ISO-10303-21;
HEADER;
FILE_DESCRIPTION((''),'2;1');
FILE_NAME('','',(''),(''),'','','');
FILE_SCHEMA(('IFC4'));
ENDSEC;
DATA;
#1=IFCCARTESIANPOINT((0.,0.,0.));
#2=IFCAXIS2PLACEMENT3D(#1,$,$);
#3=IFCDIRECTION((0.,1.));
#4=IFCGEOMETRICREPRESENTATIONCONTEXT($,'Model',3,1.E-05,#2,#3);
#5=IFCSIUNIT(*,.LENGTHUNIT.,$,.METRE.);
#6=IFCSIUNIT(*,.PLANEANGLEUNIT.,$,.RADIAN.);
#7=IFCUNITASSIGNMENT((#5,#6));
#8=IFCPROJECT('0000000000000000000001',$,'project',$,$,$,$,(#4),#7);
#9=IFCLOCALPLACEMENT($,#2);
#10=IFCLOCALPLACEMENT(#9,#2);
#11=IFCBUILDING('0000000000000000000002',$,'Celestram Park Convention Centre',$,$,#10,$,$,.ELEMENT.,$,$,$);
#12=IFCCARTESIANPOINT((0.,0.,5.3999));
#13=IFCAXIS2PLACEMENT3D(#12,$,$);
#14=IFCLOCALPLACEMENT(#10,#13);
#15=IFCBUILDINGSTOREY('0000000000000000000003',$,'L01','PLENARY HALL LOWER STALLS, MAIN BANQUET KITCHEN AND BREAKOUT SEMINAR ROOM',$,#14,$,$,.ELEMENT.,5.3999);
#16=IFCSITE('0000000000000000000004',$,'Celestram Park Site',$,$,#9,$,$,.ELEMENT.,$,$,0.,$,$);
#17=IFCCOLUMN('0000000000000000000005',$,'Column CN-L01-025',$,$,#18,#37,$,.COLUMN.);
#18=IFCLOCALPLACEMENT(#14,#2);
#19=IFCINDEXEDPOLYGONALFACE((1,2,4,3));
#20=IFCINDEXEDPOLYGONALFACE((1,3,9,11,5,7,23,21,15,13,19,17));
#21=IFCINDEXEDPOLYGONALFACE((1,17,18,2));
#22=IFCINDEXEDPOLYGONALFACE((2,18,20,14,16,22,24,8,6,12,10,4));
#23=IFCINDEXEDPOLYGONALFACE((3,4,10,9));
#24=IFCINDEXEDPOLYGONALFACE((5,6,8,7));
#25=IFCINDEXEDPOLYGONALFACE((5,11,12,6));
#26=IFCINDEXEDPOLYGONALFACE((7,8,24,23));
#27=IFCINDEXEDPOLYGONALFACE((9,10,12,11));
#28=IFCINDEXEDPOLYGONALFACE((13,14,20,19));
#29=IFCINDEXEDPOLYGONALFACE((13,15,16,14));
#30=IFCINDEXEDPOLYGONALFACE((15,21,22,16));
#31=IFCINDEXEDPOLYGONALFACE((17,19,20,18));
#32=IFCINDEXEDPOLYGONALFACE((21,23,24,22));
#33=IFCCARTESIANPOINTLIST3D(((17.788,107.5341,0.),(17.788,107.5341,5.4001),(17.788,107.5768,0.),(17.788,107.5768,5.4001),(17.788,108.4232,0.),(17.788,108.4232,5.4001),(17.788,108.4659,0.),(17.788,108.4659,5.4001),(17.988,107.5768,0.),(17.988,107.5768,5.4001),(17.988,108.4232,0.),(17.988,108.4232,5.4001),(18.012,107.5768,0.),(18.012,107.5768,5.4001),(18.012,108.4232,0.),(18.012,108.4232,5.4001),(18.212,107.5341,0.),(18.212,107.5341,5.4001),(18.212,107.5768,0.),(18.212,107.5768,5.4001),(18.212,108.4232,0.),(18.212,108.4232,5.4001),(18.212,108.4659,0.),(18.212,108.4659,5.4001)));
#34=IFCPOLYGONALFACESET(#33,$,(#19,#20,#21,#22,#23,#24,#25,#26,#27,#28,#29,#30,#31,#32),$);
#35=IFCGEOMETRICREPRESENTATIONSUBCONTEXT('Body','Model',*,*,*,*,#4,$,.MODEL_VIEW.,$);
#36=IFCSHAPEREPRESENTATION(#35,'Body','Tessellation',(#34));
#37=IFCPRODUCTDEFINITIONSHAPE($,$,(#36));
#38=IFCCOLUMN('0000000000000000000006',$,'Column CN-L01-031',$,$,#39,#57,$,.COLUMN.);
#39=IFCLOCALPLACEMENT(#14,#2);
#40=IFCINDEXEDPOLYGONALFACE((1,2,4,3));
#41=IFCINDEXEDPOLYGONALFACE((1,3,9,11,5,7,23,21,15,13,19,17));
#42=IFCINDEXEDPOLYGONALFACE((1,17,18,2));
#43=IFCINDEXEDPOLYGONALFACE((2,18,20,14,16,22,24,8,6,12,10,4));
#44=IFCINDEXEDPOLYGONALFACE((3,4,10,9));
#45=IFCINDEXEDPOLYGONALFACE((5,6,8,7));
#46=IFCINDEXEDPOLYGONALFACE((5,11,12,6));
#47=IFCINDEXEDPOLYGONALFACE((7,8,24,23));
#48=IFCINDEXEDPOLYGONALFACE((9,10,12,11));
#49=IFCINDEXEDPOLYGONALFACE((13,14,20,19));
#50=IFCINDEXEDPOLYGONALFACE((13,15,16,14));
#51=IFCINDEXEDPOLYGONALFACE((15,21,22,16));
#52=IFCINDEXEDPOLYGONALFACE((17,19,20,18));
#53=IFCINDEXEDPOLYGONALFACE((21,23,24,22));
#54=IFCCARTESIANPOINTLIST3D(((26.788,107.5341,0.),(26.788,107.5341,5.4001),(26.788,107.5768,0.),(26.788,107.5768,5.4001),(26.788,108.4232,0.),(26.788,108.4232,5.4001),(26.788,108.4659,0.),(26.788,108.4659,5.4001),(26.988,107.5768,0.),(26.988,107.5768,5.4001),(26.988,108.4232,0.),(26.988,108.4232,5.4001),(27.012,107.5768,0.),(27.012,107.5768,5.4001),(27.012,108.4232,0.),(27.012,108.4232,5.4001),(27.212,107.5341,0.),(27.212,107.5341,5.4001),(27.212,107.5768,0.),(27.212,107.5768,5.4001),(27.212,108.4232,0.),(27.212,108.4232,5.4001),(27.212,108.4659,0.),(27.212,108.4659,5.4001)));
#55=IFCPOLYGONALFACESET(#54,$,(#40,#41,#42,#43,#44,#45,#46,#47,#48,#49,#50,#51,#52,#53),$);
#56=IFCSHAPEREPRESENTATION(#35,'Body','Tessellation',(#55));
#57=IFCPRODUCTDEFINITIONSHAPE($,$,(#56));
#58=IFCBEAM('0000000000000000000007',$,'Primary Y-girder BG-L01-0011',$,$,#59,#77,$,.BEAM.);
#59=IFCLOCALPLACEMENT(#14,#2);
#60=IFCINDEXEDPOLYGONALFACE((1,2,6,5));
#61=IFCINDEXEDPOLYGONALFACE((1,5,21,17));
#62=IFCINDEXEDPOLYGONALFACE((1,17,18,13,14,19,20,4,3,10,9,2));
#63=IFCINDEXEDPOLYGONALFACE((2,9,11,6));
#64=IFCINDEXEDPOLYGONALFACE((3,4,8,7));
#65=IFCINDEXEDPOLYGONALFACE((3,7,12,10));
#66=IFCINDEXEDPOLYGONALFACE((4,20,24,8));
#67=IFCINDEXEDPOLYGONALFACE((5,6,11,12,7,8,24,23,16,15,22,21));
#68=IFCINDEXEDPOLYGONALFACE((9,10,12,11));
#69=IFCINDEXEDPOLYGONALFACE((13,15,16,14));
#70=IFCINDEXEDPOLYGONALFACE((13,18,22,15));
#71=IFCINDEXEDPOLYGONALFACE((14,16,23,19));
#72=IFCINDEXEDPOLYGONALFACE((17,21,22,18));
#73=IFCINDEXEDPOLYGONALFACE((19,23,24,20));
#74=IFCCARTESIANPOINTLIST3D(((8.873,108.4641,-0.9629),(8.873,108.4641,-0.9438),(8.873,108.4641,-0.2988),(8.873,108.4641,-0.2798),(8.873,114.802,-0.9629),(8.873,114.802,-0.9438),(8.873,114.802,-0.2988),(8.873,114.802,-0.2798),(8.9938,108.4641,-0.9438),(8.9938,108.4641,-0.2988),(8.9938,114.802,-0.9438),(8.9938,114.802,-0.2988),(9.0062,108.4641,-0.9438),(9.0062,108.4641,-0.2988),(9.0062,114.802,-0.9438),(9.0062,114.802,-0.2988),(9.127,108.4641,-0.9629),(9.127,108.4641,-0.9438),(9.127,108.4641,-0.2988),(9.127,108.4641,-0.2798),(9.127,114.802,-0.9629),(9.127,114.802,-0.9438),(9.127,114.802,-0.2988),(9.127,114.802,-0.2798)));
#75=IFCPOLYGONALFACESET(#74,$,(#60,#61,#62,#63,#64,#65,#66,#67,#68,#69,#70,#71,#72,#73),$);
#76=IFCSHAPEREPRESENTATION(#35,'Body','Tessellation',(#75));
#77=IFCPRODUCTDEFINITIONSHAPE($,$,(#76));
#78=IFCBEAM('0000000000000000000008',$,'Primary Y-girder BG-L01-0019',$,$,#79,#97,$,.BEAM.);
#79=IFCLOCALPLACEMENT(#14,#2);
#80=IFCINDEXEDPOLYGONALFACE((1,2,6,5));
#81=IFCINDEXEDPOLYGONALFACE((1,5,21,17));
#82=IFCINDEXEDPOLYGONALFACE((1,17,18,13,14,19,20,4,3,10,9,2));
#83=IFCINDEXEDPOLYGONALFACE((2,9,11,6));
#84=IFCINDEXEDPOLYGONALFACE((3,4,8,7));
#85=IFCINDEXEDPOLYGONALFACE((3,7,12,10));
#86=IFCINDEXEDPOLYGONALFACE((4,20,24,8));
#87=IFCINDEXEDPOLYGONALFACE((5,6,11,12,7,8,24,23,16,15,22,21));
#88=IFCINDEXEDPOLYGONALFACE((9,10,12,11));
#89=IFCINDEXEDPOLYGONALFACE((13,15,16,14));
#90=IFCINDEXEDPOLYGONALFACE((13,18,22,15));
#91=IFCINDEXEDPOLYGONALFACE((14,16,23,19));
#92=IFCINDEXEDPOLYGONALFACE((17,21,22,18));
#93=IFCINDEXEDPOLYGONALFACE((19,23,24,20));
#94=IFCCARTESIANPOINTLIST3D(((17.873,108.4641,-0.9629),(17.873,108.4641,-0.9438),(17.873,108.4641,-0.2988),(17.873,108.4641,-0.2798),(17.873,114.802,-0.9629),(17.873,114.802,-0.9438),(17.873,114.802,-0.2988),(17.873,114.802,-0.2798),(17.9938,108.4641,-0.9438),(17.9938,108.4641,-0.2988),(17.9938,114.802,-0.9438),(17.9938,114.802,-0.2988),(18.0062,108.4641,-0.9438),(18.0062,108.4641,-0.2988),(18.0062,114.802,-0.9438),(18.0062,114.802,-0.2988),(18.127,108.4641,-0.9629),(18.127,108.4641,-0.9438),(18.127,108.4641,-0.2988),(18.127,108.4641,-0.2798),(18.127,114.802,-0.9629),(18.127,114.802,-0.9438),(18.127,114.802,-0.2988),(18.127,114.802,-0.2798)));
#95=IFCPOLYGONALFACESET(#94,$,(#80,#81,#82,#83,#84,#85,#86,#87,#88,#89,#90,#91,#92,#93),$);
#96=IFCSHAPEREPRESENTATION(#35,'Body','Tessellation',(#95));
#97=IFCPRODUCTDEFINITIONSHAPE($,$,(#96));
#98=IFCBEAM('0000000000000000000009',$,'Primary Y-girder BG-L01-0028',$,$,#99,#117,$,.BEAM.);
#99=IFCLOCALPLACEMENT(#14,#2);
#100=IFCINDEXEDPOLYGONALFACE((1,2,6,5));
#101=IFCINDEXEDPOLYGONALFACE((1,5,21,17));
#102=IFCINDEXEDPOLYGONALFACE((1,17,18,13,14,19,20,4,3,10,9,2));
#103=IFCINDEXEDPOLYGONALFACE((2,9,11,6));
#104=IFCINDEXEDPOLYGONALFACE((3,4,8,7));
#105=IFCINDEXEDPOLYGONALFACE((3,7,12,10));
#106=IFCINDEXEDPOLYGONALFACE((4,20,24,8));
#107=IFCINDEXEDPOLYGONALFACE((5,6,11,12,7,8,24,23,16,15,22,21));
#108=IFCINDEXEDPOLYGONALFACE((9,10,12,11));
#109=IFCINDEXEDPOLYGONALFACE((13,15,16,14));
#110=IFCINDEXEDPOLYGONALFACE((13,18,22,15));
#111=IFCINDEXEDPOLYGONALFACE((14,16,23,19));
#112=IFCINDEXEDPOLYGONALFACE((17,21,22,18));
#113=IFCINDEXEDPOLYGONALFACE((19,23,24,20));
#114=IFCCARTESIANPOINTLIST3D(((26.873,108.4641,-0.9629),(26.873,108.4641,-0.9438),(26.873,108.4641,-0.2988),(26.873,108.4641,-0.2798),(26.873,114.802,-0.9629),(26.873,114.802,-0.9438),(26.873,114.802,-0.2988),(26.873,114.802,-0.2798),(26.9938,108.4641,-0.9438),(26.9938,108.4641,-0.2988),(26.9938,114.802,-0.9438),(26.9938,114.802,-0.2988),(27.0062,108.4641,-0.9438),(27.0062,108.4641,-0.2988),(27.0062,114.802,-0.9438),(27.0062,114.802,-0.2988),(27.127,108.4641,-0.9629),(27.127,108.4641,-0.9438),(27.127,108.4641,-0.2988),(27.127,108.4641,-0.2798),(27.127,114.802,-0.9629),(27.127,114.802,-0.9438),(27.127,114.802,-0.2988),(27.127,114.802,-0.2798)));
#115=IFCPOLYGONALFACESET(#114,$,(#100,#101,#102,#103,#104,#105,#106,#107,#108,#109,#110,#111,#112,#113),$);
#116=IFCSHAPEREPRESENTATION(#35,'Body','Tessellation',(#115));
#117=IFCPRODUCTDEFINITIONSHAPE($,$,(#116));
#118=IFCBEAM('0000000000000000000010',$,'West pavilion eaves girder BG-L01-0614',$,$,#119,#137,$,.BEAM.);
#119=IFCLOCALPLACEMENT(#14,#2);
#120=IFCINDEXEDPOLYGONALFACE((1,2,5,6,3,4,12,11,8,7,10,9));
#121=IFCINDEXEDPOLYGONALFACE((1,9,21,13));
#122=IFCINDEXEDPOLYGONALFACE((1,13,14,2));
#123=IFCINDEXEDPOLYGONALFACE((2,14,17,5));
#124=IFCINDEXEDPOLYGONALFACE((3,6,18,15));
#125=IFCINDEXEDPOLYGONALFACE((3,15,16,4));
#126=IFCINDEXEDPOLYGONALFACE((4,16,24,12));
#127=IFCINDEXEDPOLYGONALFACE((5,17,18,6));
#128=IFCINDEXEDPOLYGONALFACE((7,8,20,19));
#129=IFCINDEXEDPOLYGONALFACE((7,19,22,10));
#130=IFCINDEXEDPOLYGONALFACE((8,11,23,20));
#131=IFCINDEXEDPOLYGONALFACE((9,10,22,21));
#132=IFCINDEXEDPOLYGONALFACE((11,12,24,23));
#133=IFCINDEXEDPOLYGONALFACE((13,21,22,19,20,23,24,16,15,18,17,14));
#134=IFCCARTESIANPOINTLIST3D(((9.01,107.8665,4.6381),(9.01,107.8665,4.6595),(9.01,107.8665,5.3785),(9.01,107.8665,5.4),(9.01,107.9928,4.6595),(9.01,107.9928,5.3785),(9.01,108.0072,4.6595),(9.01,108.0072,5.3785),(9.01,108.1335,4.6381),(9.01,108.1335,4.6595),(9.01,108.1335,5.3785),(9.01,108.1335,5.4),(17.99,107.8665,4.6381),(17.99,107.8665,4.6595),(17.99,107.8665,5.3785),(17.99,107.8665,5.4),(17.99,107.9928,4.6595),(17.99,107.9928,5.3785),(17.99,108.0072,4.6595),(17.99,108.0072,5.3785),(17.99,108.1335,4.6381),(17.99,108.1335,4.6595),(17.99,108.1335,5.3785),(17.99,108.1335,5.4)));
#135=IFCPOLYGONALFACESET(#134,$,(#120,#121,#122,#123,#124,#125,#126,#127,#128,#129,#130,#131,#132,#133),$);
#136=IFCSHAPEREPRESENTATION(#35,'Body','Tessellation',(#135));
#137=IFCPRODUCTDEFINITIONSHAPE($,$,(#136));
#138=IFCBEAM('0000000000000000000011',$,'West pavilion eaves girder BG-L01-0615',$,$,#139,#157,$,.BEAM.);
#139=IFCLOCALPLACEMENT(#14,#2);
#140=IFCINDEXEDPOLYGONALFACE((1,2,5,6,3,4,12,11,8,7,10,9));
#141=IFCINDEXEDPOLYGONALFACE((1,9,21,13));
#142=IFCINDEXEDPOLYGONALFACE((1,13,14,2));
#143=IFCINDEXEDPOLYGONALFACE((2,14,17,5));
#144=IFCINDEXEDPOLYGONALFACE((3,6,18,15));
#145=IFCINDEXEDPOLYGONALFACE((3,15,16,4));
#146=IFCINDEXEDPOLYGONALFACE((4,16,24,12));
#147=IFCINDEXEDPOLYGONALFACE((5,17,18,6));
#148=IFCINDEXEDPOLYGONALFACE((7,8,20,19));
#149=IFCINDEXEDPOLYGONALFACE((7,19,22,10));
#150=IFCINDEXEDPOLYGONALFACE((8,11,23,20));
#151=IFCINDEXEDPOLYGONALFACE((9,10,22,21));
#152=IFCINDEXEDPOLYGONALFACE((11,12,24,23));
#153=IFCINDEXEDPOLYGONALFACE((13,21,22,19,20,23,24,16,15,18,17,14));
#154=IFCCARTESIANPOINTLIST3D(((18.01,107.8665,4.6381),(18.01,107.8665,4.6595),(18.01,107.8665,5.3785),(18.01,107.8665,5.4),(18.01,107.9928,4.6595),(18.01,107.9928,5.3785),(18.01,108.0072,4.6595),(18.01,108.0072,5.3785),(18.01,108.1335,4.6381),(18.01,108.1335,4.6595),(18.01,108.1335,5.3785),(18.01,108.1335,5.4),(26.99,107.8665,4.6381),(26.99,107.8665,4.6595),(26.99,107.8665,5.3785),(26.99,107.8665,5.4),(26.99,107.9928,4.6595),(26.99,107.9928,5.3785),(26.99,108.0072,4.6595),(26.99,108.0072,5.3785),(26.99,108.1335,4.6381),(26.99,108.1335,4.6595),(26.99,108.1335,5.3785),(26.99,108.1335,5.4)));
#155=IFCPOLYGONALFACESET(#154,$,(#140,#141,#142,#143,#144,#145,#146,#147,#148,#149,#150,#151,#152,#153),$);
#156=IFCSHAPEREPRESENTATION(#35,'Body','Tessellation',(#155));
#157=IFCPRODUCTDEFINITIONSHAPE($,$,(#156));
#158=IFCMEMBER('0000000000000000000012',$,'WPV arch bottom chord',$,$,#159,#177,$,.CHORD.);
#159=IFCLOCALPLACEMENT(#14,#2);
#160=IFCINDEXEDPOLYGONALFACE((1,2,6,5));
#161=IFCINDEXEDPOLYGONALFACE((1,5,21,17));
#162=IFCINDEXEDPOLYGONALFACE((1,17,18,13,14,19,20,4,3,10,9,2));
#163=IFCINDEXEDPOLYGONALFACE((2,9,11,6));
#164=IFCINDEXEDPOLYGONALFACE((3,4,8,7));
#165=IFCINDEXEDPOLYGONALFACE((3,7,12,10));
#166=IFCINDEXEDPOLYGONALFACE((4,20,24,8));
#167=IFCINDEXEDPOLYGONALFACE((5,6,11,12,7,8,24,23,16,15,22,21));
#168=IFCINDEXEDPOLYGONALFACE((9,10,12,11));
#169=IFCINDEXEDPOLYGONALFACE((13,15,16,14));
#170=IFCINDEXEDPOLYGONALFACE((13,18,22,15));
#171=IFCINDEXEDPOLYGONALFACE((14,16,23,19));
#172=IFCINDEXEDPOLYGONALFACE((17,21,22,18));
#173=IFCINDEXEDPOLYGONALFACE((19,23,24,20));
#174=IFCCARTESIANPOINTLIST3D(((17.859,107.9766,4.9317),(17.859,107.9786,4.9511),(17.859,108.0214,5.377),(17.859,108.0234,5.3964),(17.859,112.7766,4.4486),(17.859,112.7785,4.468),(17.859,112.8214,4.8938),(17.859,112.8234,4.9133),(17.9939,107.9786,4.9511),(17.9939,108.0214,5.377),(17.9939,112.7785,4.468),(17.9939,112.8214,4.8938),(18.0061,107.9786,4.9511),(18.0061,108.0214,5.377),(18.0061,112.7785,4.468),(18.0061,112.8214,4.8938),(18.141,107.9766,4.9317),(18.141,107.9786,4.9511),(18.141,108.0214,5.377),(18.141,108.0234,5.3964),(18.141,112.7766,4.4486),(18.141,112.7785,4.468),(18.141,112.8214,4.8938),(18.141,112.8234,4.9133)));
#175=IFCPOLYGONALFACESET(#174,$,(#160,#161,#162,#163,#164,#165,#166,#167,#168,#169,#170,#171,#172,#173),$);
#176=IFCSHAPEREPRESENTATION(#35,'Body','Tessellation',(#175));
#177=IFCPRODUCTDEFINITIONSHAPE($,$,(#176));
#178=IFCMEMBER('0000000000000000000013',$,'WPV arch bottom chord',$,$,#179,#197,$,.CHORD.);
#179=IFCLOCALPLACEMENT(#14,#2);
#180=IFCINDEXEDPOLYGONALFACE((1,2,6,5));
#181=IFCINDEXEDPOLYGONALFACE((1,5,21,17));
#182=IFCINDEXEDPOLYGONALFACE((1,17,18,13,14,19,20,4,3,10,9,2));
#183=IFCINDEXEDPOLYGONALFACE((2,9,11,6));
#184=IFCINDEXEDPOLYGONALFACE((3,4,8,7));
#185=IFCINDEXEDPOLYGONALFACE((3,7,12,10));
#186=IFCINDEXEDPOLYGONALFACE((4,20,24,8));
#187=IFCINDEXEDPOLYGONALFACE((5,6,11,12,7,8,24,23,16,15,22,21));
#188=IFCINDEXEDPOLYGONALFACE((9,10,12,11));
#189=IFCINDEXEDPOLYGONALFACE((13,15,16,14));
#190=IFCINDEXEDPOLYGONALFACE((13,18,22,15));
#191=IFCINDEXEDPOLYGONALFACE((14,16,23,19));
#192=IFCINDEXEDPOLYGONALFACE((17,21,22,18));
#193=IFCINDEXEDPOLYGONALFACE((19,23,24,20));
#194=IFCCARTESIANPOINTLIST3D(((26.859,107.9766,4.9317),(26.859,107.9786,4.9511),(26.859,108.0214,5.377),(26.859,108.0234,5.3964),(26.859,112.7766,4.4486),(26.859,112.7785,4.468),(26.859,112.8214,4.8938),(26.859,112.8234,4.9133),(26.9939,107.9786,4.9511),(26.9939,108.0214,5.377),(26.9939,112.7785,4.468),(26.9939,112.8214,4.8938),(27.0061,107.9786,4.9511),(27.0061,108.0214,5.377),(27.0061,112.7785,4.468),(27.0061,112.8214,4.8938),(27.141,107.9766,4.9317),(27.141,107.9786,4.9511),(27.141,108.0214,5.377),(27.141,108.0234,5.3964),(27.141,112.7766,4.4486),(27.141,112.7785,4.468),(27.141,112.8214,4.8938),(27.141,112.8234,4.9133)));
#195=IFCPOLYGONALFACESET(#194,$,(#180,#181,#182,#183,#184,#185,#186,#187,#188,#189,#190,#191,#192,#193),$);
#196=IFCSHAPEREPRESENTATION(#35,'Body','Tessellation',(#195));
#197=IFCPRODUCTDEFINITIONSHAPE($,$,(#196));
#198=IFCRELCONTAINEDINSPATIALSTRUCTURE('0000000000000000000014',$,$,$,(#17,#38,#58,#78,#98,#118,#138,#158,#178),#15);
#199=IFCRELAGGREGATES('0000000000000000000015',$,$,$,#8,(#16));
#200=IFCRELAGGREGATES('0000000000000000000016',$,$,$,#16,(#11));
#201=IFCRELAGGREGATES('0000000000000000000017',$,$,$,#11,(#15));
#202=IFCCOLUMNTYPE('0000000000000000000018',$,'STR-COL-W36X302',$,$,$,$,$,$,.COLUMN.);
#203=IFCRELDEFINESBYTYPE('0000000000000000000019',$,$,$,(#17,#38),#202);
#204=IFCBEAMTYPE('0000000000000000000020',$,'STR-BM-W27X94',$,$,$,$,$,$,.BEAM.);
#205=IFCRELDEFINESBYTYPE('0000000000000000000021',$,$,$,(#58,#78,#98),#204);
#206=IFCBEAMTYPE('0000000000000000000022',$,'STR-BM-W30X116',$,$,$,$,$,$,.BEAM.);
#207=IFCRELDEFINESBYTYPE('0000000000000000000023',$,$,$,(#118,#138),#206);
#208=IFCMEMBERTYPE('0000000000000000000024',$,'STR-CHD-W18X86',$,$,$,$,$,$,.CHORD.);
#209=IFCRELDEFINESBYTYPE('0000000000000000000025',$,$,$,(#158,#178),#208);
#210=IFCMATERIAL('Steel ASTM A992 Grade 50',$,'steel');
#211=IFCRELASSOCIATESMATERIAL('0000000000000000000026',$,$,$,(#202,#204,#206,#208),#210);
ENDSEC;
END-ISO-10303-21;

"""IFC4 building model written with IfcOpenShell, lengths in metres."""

from ifc_helpers import new_model, si_unit, direction, frame, origin, origin_2d, place, context, subcontext, project, spatial, i_section, extrude, material, material_profile, profile_set, type_object, element, save


model = new_model("IFC4")

# Units and contexts
model_context = context("Model", 3, precision=1e-05, world=origin(), true_north=direction((0.0, 1.0)))
body_context = subcontext(model_context, "Body", "Model", "MODEL_VIEW")
ifc_project = project(units=[si_unit("LENGTHUNIT", "METRE"), si_unit("PLANEANGLEUNIT", "RADIAN")], contexts=[model_context])

# Site, building, storey
site_placement = place(None, origin())
site = spatial("IfcSite", under=ifc_project, at=site_placement, Name="Celestram Park Site", CompositionType="ELEMENT", RefElevation=0.0)
building_placement = place(site_placement, origin())
building = spatial("IfcBuilding", under=site, at=building_placement, Name="Celestram Park Convention Centre", CompositionType="ELEMENT")
storey_placement = place(building_placement, frame((0.0, 0.0, 5.3999)))
storey = spatial("IfcBuildingStorey", under=building, at=storey_placement, Name="L01", Description="PLENARY HALL LOWER STALLS, MAIN BANQUET KITCHEN AND BREAKOUT SEMINAR ROOM", CompositionType="ELEMENT", Elevation=5.3999)

# Columns
ifc_material_1 = material(Name="Steel ASTM A992 Grade 50", Category="steel")
ifc_material_profile_1 = material_profile(ifc_material_1, i_section(OverallWidth=0.4241, OverallDepth=0.9319, WebThickness=0.0239, FlangeThickness=0.0427, at=origin_2d()), Name="W36X302")
ifc_profile_set_1 = profile_set([ifc_material_profile_1], Name="Steel ASTM A992 Grade 50")
column_type = type_object("IfcColumnType", Name="STR-COL-W36X302", PredefinedType="COLUMN", material=ifc_profile_set_1)
for number, where, z_axis, x_axis, name in (
    (1, (18.0, 108.0, 0.0), (0.0, 0.0, 1.0), (1.0, 0.0, 0.0), "Column CN-L01-025"),
    (2, (27.0, 108.0, 0.0), (0.0, 0.0, 1.0), (1.0, 0.0, 0.0), "Column CN-L01-031"),
):
    element("IfcColumn", number, at=place(storey_placement, frame(where, z_axis=z_axis, x_axis=x_axis)), inside=storey, type_object=column_type, Name=name, PredefinedType="COLUMN", context=body_context, shape_type="SweptSolid", body=[
        extrude(i_section(OverallWidth=0.4241, OverallDepth=0.9319, WebThickness=0.0239, FlangeThickness=0.0427, at=origin_2d()), origin(), (0.0, 0.0, 1.0), 5.4001),
    ])

# Beams
ifc_material_profile_2 = material_profile(ifc_material_1, i_section(OverallWidth=0.2539, OverallDepth=0.6831, WebThickness=0.0125, FlangeThickness=0.019, at=origin_2d()), Name="W27X94")
ifc_profile_set_2 = profile_set([ifc_material_profile_2], Name="Steel ASTM A992 Grade 50")
beam_type_1 = type_object("IfcBeamType", Name="STR-BM-W27X94", PredefinedType="BEAM", material=ifc_profile_set_2)
for number, where, z_axis, x_axis, name in (
    (3, (9.0, 108.4641, -0.6213), (0.0, 1.0, 0.0), (-1.0, 0.0, 0.0), "Primary Y-girder BG-L01-0011"),
    (4, (18.0, 108.4641, -0.6213), (0.0, 1.0, 0.0), (-1.0, 0.0, 0.0), "Primary Y-girder BG-L01-0019"),
    (5, (27.0, 108.4641, -0.6213), (0.0, 1.0, 0.0), (-1.0, 0.0, 0.0), "Primary Y-girder BG-L01-0028"),
):
    element("IfcBeam", number, at=place(storey_placement, frame(where, z_axis=z_axis, x_axis=x_axis)), inside=storey, type_object=beam_type_1, Name=name, PredefinedType="BEAM", context=body_context, shape_type="SweptSolid", body=[
        extrude(i_section(OverallWidth=0.2539, OverallDepth=0.6831, WebThickness=0.0125, FlangeThickness=0.019, at=origin_2d()), origin(), (0.0, 0.0, 1.0), 6.3379),
    ])
ifc_material_profile_3 = material_profile(ifc_material_1, i_section(OverallWidth=0.2671, OverallDepth=0.762, WebThickness=0.0144, FlangeThickness=0.0215, at=origin_2d()), Name="W30X116")
ifc_profile_set_3 = profile_set([ifc_material_profile_3], Name="Steel ASTM A992 Grade 50")
beam_type_2 = type_object("IfcBeamType", Name="STR-BM-W30X116", PredefinedType="BEAM", material=ifc_profile_set_3)
for number, where, z_axis, x_axis, name in (
    (6, (9.01, 108.0, 5.019), (1.0, 0.0, 0.0), (0.0, 1.0, 0.0), "West pavilion eaves girder BG-L01-0614"),
    (7, (18.01, 108.0, 5.019), (1.0, 0.0, 0.0), (0.0, 1.0, 0.0), "West pavilion eaves girder BG-L01-0615"),
):
    element("IfcBeam", number, at=place(storey_placement, frame(where, z_axis=z_axis, x_axis=x_axis)), inside=storey, type_object=beam_type_2, Name=name, PredefinedType="BEAM", context=body_context, shape_type="SweptSolid", body=[
        extrude(i_section(OverallWidth=0.2671, OverallDepth=0.762, WebThickness=0.0144, FlangeThickness=0.0215, at=origin_2d()), origin(), (0.0, 0.0, 1.0), 8.98),
    ])

# Members
ifc_material_profile_4 = material_profile(ifc_material_1, i_section(OverallWidth=0.282, OverallDepth=0.467, WebThickness=0.0122, FlangeThickness=0.0195, at=origin_2d()), Name="W18X86")
ifc_profile_set_4 = profile_set([ifc_material_profile_4], Name="Steel ASTM A992 Grade 50")
member_type = type_object("IfcMemberType", Name="STR-CHD-W18X86", PredefinedType="CHORD", material=ifc_profile_set_4)
for number, where, z_axis, x_axis, name in (
    (8, (18.0, 108.0, 5.1641), (0.0, 0.994972, -0.10015), (-1.0, 0.0, 0.0), "WPV arch bottom chord"),
    (9, (27.0, 108.0, 5.1641), (0.0, 0.994972, -0.10015), (-1.0, 0.0, 0.0), "WPV arch bottom chord"),
):
    element("IfcMember", number, at=place(storey_placement, frame(where, z_axis=z_axis, x_axis=x_axis)), inside=storey, type_object=member_type, Name=name, PredefinedType="CHORD", context=body_context, shape_type="SweptSolid", body=[
        extrude(i_section(OverallWidth=0.282, OverallDepth=0.467, WebThickness=0.0122, FlangeThickness=0.0195, at=origin_2d()), origin(), (0.0, 0.0, 1.0), 4.8242),
    ])

save(model, "model.ifc")
